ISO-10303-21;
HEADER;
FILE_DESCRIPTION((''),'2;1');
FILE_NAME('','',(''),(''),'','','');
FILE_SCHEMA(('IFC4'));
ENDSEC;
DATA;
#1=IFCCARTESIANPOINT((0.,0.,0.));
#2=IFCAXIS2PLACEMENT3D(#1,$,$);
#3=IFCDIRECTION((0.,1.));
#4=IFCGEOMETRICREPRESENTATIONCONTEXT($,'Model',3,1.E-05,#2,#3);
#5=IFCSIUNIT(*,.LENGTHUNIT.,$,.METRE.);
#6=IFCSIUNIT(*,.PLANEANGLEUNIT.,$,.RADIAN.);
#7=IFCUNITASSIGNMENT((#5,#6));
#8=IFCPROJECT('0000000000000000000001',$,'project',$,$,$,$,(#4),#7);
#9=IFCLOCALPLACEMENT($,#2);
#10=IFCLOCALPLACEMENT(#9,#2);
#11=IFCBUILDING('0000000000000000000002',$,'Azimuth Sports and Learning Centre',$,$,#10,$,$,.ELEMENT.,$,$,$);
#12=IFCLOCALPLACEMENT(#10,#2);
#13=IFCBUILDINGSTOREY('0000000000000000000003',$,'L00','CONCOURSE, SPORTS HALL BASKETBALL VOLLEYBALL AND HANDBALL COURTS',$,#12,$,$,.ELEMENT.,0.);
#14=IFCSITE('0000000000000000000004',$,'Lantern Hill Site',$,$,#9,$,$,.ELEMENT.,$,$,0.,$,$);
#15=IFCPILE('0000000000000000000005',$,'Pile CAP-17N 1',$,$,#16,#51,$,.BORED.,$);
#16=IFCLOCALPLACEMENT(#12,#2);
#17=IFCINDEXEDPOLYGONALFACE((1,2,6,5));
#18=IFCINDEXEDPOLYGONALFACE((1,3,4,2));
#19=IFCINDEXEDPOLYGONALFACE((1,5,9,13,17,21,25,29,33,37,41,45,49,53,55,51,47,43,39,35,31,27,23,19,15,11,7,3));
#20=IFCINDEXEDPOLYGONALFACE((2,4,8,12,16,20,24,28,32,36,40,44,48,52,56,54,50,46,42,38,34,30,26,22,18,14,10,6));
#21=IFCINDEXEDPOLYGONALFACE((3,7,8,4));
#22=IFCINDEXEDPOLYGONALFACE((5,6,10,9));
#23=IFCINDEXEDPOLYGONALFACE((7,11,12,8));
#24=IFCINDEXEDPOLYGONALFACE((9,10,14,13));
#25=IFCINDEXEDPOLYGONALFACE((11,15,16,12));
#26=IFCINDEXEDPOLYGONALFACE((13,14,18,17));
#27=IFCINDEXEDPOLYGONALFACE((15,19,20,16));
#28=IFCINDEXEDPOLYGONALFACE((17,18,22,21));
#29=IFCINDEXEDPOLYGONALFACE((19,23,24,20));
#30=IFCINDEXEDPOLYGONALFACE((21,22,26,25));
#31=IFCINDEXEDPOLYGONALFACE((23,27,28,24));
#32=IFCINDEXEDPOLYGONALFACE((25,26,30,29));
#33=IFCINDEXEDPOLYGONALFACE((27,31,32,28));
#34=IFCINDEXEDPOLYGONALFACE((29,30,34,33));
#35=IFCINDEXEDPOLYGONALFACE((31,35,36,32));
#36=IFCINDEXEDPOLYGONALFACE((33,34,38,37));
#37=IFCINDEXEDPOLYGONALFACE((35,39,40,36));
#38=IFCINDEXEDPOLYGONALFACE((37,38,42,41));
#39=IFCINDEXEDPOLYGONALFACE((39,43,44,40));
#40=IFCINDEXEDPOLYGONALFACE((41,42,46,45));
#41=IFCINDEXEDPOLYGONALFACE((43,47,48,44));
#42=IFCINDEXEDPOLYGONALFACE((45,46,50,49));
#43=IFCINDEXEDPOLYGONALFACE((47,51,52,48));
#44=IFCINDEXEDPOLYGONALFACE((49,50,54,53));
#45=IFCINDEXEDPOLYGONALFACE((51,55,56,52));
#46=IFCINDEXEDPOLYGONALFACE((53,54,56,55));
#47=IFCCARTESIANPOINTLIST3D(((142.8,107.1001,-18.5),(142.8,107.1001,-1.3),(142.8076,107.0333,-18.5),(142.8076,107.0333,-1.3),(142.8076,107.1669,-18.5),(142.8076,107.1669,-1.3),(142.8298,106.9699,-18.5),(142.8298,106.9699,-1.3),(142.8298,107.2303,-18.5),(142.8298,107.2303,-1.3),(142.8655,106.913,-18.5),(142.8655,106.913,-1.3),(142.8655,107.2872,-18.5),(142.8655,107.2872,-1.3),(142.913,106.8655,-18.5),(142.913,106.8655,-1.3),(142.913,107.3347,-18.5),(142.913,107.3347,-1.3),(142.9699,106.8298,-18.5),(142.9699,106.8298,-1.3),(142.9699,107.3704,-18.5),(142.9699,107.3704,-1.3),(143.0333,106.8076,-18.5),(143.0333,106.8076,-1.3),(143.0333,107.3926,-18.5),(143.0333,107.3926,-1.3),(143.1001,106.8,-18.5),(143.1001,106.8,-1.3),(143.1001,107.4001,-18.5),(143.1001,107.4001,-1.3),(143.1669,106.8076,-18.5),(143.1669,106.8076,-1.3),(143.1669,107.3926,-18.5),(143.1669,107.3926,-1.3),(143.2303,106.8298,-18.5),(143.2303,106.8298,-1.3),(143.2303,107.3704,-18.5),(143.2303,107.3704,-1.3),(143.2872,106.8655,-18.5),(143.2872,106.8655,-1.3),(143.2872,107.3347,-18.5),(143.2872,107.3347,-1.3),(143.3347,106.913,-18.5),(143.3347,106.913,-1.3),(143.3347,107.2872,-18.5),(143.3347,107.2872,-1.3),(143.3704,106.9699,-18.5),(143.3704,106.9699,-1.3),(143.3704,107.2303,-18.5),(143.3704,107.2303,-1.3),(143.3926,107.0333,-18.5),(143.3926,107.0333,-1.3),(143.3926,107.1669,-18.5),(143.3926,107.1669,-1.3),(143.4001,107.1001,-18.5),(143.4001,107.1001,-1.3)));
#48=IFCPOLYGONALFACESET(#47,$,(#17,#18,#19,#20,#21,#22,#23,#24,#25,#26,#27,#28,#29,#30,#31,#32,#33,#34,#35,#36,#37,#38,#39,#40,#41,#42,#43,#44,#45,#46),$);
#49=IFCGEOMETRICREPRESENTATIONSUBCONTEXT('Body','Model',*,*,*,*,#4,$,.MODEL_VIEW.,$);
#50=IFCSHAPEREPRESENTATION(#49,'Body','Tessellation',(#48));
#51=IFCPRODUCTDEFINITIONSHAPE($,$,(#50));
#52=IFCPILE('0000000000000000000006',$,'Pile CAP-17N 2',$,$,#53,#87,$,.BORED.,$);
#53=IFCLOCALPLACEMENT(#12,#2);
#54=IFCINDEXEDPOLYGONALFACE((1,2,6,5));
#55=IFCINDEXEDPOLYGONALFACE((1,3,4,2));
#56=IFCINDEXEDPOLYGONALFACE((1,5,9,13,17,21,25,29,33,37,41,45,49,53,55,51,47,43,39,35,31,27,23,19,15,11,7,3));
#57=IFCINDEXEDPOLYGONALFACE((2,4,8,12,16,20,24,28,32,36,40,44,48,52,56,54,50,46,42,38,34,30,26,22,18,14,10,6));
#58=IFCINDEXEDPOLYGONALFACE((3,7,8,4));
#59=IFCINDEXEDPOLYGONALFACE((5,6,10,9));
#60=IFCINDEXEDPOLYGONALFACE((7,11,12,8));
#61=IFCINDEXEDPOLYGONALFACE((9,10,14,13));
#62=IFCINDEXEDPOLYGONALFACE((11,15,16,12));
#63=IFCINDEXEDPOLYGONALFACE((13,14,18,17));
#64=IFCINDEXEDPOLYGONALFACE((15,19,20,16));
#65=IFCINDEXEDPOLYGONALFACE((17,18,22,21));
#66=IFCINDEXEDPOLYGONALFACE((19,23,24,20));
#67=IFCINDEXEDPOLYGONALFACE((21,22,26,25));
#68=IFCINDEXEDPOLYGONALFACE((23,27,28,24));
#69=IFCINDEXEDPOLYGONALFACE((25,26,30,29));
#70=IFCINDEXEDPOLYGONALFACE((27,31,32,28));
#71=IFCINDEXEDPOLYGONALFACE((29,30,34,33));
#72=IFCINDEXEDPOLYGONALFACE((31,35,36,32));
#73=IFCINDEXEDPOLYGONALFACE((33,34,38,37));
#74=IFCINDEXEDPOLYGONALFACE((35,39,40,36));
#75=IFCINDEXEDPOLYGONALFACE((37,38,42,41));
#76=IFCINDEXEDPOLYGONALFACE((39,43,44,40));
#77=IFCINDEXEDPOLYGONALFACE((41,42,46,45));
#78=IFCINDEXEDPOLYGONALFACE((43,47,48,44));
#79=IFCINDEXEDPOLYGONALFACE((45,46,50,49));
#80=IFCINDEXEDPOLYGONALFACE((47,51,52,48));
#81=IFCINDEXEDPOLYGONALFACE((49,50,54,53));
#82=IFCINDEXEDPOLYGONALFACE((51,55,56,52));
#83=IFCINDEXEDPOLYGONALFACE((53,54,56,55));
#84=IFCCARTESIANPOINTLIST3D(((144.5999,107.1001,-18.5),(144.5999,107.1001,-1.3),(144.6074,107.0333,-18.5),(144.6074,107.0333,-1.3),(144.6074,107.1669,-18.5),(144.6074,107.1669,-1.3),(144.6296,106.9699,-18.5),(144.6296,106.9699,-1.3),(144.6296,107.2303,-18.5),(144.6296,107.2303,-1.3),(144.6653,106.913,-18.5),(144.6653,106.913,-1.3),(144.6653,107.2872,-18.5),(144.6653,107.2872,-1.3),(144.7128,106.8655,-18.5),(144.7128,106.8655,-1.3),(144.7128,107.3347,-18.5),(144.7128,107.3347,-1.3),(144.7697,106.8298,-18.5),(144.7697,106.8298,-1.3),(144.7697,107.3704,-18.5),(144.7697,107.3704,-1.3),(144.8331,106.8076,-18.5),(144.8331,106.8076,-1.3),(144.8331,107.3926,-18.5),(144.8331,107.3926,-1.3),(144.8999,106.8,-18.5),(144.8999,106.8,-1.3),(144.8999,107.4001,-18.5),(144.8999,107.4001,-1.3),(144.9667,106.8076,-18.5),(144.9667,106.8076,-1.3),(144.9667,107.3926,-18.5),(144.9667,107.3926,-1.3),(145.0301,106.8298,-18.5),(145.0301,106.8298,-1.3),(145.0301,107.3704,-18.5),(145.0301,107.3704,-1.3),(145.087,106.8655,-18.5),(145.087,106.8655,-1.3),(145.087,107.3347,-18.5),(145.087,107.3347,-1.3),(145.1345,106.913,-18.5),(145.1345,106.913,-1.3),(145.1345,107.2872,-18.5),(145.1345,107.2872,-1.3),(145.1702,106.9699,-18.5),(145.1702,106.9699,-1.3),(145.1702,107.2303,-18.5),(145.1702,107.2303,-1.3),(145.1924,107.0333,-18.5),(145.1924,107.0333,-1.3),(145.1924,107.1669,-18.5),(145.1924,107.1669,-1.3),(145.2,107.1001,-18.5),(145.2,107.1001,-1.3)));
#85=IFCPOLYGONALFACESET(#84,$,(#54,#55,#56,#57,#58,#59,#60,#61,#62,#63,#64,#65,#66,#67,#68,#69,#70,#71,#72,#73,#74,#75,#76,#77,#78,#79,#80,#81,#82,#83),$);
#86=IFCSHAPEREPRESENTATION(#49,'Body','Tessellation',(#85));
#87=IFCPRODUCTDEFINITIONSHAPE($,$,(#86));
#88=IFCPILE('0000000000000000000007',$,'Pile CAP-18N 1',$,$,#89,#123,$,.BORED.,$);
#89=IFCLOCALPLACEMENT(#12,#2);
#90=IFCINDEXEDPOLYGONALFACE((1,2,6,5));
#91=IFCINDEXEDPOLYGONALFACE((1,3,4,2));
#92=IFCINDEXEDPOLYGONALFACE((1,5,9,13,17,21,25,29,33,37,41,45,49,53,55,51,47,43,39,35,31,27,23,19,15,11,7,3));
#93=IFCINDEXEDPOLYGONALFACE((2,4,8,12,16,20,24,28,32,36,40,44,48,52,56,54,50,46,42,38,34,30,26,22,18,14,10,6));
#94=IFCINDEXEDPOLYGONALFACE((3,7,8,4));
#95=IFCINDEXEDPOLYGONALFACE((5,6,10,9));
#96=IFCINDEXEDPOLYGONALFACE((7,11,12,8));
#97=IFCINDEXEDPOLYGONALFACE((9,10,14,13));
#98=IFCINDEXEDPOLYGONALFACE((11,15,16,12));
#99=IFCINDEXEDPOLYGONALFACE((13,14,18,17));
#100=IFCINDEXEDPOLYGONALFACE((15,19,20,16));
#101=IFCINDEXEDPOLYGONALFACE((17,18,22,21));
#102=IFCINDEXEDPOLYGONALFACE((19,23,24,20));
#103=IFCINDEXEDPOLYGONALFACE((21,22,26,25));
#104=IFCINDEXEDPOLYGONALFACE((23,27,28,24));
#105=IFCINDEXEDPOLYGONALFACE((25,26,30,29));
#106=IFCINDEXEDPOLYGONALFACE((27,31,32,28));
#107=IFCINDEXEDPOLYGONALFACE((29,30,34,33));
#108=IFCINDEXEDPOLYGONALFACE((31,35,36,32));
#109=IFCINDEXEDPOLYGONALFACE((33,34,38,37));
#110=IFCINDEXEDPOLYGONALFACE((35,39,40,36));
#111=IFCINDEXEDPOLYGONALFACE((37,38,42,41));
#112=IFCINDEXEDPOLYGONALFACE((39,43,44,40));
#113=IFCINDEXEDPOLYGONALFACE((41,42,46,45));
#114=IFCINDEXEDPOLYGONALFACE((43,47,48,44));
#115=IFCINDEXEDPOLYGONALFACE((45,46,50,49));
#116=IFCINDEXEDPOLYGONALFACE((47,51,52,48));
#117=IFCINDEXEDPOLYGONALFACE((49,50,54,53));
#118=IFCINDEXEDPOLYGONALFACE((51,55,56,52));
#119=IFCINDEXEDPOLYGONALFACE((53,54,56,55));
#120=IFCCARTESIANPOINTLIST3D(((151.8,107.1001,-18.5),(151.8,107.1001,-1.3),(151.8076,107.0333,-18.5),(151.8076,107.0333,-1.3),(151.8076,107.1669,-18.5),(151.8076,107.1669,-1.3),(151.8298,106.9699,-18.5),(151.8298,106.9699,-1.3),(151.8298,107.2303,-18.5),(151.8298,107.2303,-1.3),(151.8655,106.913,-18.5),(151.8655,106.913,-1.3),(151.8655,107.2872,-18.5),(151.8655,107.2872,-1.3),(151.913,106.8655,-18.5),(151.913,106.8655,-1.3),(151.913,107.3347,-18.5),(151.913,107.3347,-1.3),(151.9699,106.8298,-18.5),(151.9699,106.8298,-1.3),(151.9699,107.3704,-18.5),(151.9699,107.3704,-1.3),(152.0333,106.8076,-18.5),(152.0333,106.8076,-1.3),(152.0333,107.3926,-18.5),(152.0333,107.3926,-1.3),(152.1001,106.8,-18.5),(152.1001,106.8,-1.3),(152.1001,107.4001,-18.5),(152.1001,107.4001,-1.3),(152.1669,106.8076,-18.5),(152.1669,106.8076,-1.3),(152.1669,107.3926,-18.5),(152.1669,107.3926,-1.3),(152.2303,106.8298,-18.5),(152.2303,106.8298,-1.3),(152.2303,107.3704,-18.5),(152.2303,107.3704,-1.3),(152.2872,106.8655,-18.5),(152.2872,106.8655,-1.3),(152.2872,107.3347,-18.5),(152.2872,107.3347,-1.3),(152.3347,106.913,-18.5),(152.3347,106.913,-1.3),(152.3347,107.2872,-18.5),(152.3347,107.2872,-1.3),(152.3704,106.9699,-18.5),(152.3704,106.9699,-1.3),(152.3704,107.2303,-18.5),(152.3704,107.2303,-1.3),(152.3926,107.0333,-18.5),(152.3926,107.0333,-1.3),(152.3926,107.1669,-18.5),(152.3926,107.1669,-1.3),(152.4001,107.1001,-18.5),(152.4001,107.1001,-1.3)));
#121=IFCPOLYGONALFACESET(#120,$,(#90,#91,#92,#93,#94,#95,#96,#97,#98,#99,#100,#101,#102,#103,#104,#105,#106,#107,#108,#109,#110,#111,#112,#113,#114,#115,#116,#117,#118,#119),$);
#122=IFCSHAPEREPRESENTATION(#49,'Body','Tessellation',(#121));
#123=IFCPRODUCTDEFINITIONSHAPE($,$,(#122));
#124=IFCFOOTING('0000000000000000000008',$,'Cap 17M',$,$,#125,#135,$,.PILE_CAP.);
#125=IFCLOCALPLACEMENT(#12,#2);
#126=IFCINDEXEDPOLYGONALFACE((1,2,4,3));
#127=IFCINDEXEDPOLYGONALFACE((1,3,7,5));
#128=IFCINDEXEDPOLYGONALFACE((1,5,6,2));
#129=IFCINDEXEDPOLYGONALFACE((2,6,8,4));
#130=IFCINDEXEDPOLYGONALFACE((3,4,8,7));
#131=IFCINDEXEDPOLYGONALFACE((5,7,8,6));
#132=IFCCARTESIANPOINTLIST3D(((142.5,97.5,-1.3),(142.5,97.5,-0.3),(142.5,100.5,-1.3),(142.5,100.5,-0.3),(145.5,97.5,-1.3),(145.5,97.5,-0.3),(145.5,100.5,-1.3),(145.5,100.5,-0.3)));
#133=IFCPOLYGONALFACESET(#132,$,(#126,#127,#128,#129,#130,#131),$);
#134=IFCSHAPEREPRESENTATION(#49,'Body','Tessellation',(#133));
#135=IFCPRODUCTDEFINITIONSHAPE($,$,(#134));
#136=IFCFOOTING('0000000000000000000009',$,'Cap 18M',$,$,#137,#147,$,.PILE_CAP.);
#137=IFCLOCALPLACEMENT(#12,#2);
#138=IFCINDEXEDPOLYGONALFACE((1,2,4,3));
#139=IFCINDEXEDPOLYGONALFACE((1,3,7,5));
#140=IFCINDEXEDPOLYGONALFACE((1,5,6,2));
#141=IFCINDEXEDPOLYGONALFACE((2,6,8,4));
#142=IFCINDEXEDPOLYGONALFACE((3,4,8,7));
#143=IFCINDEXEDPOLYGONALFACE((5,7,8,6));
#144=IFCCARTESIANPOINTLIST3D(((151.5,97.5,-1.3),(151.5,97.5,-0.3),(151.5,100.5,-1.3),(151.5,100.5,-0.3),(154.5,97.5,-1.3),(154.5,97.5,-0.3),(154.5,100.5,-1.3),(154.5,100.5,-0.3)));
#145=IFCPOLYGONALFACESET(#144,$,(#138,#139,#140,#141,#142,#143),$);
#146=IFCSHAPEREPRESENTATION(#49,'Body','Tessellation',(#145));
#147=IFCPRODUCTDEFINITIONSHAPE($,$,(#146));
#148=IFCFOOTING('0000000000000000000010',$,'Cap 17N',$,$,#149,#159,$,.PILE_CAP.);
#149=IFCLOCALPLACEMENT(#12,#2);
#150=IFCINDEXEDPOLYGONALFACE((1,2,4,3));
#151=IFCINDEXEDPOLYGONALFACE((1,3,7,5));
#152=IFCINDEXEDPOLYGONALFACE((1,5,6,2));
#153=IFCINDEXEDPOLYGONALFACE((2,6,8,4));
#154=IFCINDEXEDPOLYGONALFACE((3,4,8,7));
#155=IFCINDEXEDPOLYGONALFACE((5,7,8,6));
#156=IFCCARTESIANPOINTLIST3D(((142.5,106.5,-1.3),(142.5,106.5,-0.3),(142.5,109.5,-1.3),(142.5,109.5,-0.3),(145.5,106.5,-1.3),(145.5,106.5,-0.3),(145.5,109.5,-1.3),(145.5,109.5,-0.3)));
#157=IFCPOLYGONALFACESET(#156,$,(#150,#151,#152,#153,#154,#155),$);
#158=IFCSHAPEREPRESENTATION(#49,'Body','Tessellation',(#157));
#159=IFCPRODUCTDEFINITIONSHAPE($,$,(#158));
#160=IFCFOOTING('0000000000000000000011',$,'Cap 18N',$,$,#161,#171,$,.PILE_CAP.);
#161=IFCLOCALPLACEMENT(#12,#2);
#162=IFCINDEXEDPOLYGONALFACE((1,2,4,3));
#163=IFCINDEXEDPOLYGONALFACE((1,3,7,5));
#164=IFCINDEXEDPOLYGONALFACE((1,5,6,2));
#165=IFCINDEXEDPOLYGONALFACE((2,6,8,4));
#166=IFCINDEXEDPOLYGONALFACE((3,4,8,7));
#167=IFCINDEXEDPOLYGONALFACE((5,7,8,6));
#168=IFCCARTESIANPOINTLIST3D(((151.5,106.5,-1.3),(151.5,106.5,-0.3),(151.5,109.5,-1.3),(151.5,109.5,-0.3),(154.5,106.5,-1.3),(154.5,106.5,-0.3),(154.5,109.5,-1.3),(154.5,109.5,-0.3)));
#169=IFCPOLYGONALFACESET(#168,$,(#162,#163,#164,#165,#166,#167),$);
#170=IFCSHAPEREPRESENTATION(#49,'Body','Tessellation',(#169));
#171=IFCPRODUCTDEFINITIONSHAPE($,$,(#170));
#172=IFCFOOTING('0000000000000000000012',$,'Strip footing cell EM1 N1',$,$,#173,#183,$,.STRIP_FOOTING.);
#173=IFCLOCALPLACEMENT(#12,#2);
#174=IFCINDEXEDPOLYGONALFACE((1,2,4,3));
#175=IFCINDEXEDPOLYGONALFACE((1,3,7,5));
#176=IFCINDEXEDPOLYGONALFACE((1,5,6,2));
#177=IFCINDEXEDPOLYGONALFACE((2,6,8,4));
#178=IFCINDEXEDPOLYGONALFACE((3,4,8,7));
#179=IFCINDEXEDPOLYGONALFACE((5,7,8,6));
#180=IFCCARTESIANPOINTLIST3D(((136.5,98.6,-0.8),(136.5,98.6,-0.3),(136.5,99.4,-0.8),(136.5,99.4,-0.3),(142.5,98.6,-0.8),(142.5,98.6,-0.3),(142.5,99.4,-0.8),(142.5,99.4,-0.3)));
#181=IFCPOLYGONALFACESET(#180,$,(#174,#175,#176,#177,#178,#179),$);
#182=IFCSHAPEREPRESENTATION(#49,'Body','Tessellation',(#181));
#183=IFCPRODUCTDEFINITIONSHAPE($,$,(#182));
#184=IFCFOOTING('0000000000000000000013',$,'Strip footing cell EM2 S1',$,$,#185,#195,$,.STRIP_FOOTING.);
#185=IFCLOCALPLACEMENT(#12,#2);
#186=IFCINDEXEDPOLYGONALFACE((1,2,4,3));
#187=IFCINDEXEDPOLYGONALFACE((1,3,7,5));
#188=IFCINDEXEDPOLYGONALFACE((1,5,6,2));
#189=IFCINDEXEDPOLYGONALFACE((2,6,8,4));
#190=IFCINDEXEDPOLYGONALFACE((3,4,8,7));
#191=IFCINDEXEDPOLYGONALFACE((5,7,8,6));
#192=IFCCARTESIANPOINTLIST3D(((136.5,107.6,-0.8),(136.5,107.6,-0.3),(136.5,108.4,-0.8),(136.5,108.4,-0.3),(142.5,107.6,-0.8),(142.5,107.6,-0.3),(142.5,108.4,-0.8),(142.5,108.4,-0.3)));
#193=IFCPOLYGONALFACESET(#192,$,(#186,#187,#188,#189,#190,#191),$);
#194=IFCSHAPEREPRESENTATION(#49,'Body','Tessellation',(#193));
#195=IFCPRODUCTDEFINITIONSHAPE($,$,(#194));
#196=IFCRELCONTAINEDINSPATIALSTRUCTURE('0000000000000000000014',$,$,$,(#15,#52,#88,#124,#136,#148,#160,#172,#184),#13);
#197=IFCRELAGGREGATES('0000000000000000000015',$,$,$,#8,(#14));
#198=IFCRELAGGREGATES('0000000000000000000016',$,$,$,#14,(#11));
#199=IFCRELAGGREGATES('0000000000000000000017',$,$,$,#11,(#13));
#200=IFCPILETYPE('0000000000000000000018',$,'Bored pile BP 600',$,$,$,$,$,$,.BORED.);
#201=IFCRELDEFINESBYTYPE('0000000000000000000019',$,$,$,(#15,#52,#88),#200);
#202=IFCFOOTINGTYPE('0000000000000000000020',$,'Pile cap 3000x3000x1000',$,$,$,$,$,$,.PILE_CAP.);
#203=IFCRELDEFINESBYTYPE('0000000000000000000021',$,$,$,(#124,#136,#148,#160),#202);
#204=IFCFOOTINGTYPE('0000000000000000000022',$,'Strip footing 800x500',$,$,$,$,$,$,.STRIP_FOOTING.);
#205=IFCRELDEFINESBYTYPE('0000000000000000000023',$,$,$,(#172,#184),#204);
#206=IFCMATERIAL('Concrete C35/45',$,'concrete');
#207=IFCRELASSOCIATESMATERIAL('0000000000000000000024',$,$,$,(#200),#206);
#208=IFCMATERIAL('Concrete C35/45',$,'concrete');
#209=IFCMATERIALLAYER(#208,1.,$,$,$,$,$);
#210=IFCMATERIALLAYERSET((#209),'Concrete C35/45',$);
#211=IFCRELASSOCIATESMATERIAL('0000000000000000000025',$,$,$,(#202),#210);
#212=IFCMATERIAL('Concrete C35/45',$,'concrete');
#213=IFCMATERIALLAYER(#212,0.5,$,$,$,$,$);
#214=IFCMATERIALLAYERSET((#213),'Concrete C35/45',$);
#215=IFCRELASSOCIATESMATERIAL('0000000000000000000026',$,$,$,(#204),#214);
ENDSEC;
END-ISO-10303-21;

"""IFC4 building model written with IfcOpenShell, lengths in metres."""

from ifc_helpers import new_model, si_unit, direction, frame, origin, origin_2d, place, context, subcontext, project, spatial, rectangle, circle, extrude, material, layer, layer_set, material_profile, profile_set, type_object, element, save


model = new_model("IFC4")

# Units and contexts
model_context = context("Model", 3, precision=1e-05, world=origin(), true_north=direction((0.0, 1.0)))
body_context = subcontext(model_context, "Body", "Model", "MODEL_VIEW")
ifc_project = project(units=[si_unit("LENGTHUNIT", "METRE"), si_unit("PLANEANGLEUNIT", "RADIAN")], contexts=[model_context])

# Site, building, storey
site_placement = place(None, origin())
site = spatial("IfcSite", under=ifc_project, at=site_placement, Name="Lantern Hill Site", CompositionType="ELEMENT", RefElevation=0.0)
building_placement = place(site_placement, origin())
building = spatial("IfcBuilding", under=site, at=building_placement, Name="Azimuth Sports and Learning Centre", CompositionType="ELEMENT")
storey_placement = place(building_placement, origin())
storey = spatial("IfcBuildingStorey", under=building, at=storey_placement, Name="L00", Description="CONCOURSE, SPORTS HALL BASKETBALL VOLLEYBALL AND HANDBALL COURTS", CompositionType="ELEMENT", Elevation=0.0)

# Piles
ifc_material_1 = material(Name="Concrete C35/45", Category="concrete")
ifc_material_profile_1 = material_profile(ifc_material_1, circle(Radius=0.3, at=origin_2d()), Name="BP 600")
ifc_profile_set_1 = profile_set([ifc_material_profile_1], Name="Concrete C35/45")
pile_type = type_object("IfcPileType", Name="Bored pile BP 600", PredefinedType="BORED", material=ifc_profile_set_1)
for number, where, z_axis, x_axis, name in (
    (1, (143.1001, 107.1001, -1.3), (0.0, 0.0, -1.0), (1.0, 0.0, 0.0), "Pile CAP-17N 1"),
    (2, (144.8999, 107.1001, -1.3), (0.0, 0.0, -1.0), (1.0, 0.0, 0.0), "Pile CAP-17N 2"),
    (3, (152.1001, 107.1001, -1.3), (0.0, 0.0, -1.0), (1.0, 0.0, 0.0), "Pile CAP-18N 1"),
):
    element("IfcPile", number, at=place(storey_placement, frame(where, z_axis=z_axis, x_axis=x_axis)), inside=storey, type_object=pile_type, Name=name, PredefinedType="BORED", context=body_context, shape_type="SweptSolid", body=[
        extrude(circle(Radius=0.3, at=origin_2d()), origin(), (0.0, 0.0, 1.0), 17.2),
    ])

# Footings
ifc_material_2 = material(Name="Concrete C35/45", Category="concrete")
ifc_layer_1 = layer(ifc_material_2, 1.0)
ifc_layer_set_1 = layer_set([ifc_layer_1], Name="Concrete C35/45")
footing_type_1 = type_object("IfcFootingType", Name="Pile cap 3000x3000x1000", PredefinedType="PILE_CAP", material=ifc_layer_set_1)
for number, where, z_axis, x_axis, name in (
    (4, (144.0, 99.0, -1.3), (0.0, 0.0, 1.0), (1.0, 0.0, 0.0), "Cap 17M"),
    (5, (153.0, 99.0, -1.3), (0.0, 0.0, 1.0), (1.0, 0.0, 0.0), "Cap 18M"),
    (6, (144.0, 108.0, -1.3), (0.0, 0.0, 1.0), (1.0, 0.0, 0.0), "Cap 17N"),
    (7, (153.0, 108.0, -1.3), (0.0, 0.0, 1.0), (1.0, 0.0, 0.0), "Cap 18N"),
):
    element("IfcFooting", number, at=place(storey_placement, frame(where, z_axis=z_axis, x_axis=x_axis)), inside=storey, type_object=footing_type_1, Name=name, PredefinedType="PILE_CAP", context=body_context, shape_type="SweptSolid", body=[
        extrude(rectangle(XDim=3.0, YDim=3.0, at=origin_2d()), origin(), (0.0, 0.0, 1.0), 1.0),
    ])
ifc_material_3 = material(Name="Concrete C35/45", Category="concrete")
ifc_layer_2 = layer(ifc_material_3, 0.5)
ifc_layer_set_2 = layer_set([ifc_layer_2], Name="Concrete C35/45")
footing_type_2 = type_object("IfcFootingType", Name="Strip footing 800x500", PredefinedType="STRIP_FOOTING", material=ifc_layer_set_2)
for number, where, z_axis, x_axis, name in (
    (8, (139.5, 99.0, -0.8), (0.0, 0.0, 1.0), (1.0, 0.0, 0.0), "Strip footing cell EM1 N1"),
    (9, (139.5, 108.0, -0.8), (0.0, 0.0, 1.0), (1.0, 0.0, 0.0), "Strip footing cell EM2 S1"),
):
    element("IfcFooting", number, at=place(storey_placement, frame(where, z_axis=z_axis, x_axis=x_axis)), inside=storey, type_object=footing_type_2, Name=name, PredefinedType="STRIP_FOOTING", context=body_context, shape_type="SweptSolid", body=[
        extrude(rectangle(XDim=6.0, YDim=0.8, at=origin_2d()), origin(), (0.0, 0.0, 1.0), 0.5),
    ])

save(model, "model.ifc")
